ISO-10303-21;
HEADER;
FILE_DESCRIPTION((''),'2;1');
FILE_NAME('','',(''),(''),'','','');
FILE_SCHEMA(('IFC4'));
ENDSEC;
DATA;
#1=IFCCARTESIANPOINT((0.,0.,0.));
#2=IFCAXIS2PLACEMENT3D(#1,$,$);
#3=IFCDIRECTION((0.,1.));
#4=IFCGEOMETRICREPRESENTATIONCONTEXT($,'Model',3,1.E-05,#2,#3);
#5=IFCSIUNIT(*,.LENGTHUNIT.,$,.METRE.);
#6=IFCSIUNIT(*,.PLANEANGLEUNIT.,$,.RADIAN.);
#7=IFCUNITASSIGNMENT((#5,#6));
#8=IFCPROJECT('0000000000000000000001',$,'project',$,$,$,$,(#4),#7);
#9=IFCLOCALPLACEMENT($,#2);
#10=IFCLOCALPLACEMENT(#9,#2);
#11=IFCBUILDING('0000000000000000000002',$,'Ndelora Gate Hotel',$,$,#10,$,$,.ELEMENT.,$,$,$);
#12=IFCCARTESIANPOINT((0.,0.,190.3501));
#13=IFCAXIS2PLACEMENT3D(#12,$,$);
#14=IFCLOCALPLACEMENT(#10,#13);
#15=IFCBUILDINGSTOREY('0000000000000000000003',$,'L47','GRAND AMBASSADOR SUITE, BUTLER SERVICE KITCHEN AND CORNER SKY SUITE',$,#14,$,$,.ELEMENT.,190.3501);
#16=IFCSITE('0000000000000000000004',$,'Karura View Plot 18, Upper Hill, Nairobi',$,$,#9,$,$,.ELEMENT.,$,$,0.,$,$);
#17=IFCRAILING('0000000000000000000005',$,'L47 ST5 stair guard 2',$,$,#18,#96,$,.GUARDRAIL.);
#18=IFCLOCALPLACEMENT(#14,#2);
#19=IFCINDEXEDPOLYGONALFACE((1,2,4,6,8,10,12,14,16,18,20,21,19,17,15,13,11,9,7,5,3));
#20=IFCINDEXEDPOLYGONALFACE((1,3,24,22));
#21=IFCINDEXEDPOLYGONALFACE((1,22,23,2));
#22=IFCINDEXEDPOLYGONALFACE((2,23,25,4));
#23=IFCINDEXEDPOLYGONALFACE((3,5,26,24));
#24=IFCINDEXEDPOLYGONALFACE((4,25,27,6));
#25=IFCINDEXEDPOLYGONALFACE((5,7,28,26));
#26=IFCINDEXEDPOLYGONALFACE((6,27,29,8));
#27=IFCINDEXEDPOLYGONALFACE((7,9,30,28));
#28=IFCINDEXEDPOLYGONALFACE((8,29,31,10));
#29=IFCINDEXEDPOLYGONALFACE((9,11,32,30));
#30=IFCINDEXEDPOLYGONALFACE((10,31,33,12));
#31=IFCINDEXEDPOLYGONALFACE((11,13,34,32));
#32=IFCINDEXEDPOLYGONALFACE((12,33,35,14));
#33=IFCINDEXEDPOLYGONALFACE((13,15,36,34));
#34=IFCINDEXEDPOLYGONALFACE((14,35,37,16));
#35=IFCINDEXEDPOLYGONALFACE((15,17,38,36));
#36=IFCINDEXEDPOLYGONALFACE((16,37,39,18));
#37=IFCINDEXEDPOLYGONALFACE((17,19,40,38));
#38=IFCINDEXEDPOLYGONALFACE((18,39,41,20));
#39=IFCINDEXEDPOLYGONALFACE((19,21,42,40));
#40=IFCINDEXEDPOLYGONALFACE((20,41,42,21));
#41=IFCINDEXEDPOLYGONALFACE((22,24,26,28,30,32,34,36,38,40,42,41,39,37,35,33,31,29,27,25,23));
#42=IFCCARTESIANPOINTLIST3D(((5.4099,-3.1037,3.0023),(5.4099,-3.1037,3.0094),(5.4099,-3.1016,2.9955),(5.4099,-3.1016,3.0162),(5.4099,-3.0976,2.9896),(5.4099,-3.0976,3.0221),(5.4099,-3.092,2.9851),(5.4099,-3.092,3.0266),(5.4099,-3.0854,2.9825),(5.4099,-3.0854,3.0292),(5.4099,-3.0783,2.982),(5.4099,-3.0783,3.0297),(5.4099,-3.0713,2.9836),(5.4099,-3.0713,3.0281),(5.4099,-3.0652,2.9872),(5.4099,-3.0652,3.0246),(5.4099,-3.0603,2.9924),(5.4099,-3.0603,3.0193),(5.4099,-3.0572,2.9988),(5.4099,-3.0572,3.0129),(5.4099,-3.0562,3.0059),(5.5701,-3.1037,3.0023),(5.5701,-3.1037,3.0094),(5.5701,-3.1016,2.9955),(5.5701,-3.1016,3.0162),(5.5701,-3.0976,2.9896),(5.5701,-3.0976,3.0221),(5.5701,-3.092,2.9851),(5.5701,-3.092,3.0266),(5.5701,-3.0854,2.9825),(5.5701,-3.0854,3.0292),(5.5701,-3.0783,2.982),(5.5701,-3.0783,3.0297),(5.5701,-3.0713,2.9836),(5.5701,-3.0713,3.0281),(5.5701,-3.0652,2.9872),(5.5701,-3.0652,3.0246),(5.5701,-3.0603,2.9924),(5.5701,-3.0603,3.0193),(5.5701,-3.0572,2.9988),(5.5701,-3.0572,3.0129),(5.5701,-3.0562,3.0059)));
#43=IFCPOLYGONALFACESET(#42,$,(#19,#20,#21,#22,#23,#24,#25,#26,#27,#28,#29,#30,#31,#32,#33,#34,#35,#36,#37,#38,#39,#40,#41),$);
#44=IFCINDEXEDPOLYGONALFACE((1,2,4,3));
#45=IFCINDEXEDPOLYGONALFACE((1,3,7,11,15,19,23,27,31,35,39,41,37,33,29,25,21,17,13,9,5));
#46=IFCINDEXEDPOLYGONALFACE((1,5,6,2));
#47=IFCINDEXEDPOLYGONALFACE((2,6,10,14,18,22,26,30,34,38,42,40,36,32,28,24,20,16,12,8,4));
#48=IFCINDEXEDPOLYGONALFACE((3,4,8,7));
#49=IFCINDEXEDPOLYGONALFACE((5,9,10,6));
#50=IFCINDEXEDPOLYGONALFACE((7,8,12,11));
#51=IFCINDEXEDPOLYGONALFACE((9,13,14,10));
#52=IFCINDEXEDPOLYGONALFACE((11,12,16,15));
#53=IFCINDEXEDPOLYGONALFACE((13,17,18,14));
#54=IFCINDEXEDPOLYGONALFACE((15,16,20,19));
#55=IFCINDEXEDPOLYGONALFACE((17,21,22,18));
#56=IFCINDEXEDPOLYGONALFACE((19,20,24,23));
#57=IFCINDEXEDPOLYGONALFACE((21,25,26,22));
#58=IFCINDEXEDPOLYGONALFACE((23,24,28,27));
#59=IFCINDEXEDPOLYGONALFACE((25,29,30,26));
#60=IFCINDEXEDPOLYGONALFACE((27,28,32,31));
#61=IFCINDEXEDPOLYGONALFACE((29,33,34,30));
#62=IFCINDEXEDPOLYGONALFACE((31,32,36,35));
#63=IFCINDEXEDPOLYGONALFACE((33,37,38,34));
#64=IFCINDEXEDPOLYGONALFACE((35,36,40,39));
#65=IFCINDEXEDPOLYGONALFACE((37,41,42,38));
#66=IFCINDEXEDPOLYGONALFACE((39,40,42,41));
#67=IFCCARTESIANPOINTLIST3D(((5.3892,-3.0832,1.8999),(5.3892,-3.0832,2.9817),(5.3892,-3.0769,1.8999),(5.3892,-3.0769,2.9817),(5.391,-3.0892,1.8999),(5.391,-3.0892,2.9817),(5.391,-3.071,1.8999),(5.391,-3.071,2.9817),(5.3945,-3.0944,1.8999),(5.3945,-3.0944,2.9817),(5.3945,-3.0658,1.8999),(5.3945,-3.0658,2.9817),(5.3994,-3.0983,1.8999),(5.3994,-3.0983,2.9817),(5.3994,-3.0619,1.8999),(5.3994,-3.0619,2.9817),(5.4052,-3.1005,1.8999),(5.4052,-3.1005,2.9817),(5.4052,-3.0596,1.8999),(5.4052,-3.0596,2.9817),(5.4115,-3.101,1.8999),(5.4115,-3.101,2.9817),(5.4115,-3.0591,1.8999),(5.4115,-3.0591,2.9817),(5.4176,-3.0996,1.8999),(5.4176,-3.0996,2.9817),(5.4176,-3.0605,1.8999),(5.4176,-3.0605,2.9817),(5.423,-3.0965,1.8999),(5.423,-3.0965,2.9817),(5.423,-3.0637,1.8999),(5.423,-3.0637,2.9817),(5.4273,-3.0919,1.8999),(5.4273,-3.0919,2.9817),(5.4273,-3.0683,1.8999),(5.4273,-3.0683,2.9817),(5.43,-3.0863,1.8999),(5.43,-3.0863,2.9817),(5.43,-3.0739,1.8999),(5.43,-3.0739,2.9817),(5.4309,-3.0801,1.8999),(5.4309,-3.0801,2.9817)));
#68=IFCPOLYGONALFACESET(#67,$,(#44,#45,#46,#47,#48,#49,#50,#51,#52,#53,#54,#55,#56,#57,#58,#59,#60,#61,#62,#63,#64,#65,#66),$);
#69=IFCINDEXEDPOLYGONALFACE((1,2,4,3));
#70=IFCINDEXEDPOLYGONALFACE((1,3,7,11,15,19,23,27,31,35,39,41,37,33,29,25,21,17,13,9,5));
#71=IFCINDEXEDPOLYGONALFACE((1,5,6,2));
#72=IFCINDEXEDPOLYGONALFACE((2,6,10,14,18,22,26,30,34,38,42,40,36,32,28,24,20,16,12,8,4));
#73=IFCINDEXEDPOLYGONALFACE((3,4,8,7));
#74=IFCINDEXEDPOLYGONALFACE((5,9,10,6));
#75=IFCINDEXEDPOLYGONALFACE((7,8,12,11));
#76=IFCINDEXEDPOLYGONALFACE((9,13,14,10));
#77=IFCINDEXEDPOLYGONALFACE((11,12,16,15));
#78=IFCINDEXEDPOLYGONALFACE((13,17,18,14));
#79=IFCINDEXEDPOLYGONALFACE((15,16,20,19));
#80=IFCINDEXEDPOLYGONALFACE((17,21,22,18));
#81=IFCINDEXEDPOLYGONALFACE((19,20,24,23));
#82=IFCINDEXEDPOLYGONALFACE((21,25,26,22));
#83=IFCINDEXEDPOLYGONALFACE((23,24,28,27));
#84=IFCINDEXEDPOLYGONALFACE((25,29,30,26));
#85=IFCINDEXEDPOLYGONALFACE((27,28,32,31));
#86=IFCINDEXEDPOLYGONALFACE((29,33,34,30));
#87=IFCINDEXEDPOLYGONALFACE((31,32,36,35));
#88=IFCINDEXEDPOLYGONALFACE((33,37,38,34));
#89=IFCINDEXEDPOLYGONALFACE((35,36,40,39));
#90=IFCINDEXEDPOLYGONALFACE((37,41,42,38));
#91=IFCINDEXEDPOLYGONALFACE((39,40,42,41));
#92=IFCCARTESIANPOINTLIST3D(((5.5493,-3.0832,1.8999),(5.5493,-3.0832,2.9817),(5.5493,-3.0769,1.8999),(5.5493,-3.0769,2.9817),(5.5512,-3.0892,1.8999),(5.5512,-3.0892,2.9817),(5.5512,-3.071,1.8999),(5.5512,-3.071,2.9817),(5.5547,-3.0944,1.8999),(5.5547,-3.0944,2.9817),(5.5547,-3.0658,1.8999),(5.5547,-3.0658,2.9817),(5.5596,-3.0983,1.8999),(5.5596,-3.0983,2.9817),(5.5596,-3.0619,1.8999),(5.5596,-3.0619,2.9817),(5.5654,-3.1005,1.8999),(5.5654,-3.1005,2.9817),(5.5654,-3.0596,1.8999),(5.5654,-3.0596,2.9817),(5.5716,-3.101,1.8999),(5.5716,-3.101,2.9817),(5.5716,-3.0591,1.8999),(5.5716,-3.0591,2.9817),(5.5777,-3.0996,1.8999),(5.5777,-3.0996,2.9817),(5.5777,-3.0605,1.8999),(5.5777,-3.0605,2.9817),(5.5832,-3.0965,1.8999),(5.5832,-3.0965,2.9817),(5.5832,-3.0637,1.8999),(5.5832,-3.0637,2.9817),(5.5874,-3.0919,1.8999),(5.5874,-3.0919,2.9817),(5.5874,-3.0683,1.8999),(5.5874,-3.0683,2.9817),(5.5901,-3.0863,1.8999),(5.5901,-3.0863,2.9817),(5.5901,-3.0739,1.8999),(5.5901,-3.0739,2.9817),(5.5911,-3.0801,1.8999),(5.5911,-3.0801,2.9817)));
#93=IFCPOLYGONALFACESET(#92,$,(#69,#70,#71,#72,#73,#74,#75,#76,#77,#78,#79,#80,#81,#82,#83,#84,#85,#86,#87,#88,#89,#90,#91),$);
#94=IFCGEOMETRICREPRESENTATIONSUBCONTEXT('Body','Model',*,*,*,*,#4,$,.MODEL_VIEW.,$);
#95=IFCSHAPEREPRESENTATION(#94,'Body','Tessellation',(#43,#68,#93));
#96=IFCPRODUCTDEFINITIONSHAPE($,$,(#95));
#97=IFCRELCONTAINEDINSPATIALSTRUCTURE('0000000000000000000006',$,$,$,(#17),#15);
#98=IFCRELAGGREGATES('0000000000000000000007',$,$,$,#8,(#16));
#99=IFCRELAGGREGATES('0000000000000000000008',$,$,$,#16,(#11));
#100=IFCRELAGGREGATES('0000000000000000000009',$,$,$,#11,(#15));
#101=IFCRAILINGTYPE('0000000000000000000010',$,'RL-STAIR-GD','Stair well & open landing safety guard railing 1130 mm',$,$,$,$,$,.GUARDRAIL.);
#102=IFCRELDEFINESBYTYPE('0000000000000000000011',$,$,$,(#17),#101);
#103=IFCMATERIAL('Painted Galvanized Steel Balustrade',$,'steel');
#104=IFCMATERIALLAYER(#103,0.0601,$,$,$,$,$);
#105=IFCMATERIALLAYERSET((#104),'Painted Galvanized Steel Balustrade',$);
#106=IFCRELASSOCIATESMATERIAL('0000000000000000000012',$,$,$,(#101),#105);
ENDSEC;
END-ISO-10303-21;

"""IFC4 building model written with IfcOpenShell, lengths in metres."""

from ifc_helpers import new_model, si_unit, direction, frame, origin, origin_2d, place, context, subcontext, project, spatial, circle, extrude, material, layer, layer_set, type_object, element, save


model = new_model("IFC4")

# Units and contexts
model_context = context("Model", 3, precision=1e-05, world=origin(), true_north=direction((0.0, 1.0)))
body_context = subcontext(model_context, "Body", "Model", "MODEL_VIEW")
ifc_project = project(units=[si_unit("LENGTHUNIT", "METRE"), si_unit("PLANEANGLEUNIT", "RADIAN")], contexts=[model_context])

# Site, building, storey
site_placement = place(None, origin())
site = spatial("IfcSite", under=ifc_project, at=site_placement, Name="Karura View Plot 18, Upper Hill, Nairobi", CompositionType="ELEMENT", RefElevation=0.0)
building_placement = place(site_placement, origin())
building = spatial("IfcBuilding", under=site, at=building_placement, Name="Ndelora Gate Hotel", CompositionType="ELEMENT")
storey_placement = place(building_placement, frame((0.0, 0.0, 190.3501)))
storey = spatial("IfcBuildingStorey", under=building, at=storey_placement, Name="L47", Description="GRAND AMBASSADOR SUITE, BUTLER SERVICE KITCHEN AND CORNER SKY SUITE", CompositionType="ELEMENT", Elevation=190.3501)

# Railing
ifc_material_1 = material(Name="Painted Galvanized Steel Balustrade", Category="steel")
ifc_layer_1 = layer(ifc_material_1, 0.0601)
ifc_layer_set_1 = layer_set([ifc_layer_1], Name="Painted Galvanized Steel Balustrade")
railing_type_1 = type_object("IfcRailingType", Name="RL-STAIR-GD", Description="Stair well & open landing safety guard railing 1130 mm", PredefinedType="GUARDRAIL", material=ifc_layer_set_1)
railing_1_placement = place(storey_placement, frame((5.4099, -3.0801, 1.8999)))
element("IfcRailing", 1, at=railing_1_placement, inside=storey, type_object=railing_type_1, Name="L47 ST5 stair guard 2", PredefinedType="GUARDRAIL", context=body_context, shape_type="SweptSolid", body=[
    extrude(circle(Radius=0.0239, at=origin_2d()), frame((0.0, 0.0, 1.106), z_axis=(1.0, 0.0, 0.0), x_axis=(0.0, 1.0, 0.0)), (0.0, 0.0, 1.0), 0.1602),
    extrude(circle(Radius=0.021, at=origin_2d()), origin(), (0.0, 0.0, 1.0), 1.0818),
    extrude(circle(Radius=0.021, at=origin_2d()), frame((0.1602, 0.0, 0.0)), (0.0, 0.0, 1.0), 1.0818),
])

save(model, "model.ifc")
